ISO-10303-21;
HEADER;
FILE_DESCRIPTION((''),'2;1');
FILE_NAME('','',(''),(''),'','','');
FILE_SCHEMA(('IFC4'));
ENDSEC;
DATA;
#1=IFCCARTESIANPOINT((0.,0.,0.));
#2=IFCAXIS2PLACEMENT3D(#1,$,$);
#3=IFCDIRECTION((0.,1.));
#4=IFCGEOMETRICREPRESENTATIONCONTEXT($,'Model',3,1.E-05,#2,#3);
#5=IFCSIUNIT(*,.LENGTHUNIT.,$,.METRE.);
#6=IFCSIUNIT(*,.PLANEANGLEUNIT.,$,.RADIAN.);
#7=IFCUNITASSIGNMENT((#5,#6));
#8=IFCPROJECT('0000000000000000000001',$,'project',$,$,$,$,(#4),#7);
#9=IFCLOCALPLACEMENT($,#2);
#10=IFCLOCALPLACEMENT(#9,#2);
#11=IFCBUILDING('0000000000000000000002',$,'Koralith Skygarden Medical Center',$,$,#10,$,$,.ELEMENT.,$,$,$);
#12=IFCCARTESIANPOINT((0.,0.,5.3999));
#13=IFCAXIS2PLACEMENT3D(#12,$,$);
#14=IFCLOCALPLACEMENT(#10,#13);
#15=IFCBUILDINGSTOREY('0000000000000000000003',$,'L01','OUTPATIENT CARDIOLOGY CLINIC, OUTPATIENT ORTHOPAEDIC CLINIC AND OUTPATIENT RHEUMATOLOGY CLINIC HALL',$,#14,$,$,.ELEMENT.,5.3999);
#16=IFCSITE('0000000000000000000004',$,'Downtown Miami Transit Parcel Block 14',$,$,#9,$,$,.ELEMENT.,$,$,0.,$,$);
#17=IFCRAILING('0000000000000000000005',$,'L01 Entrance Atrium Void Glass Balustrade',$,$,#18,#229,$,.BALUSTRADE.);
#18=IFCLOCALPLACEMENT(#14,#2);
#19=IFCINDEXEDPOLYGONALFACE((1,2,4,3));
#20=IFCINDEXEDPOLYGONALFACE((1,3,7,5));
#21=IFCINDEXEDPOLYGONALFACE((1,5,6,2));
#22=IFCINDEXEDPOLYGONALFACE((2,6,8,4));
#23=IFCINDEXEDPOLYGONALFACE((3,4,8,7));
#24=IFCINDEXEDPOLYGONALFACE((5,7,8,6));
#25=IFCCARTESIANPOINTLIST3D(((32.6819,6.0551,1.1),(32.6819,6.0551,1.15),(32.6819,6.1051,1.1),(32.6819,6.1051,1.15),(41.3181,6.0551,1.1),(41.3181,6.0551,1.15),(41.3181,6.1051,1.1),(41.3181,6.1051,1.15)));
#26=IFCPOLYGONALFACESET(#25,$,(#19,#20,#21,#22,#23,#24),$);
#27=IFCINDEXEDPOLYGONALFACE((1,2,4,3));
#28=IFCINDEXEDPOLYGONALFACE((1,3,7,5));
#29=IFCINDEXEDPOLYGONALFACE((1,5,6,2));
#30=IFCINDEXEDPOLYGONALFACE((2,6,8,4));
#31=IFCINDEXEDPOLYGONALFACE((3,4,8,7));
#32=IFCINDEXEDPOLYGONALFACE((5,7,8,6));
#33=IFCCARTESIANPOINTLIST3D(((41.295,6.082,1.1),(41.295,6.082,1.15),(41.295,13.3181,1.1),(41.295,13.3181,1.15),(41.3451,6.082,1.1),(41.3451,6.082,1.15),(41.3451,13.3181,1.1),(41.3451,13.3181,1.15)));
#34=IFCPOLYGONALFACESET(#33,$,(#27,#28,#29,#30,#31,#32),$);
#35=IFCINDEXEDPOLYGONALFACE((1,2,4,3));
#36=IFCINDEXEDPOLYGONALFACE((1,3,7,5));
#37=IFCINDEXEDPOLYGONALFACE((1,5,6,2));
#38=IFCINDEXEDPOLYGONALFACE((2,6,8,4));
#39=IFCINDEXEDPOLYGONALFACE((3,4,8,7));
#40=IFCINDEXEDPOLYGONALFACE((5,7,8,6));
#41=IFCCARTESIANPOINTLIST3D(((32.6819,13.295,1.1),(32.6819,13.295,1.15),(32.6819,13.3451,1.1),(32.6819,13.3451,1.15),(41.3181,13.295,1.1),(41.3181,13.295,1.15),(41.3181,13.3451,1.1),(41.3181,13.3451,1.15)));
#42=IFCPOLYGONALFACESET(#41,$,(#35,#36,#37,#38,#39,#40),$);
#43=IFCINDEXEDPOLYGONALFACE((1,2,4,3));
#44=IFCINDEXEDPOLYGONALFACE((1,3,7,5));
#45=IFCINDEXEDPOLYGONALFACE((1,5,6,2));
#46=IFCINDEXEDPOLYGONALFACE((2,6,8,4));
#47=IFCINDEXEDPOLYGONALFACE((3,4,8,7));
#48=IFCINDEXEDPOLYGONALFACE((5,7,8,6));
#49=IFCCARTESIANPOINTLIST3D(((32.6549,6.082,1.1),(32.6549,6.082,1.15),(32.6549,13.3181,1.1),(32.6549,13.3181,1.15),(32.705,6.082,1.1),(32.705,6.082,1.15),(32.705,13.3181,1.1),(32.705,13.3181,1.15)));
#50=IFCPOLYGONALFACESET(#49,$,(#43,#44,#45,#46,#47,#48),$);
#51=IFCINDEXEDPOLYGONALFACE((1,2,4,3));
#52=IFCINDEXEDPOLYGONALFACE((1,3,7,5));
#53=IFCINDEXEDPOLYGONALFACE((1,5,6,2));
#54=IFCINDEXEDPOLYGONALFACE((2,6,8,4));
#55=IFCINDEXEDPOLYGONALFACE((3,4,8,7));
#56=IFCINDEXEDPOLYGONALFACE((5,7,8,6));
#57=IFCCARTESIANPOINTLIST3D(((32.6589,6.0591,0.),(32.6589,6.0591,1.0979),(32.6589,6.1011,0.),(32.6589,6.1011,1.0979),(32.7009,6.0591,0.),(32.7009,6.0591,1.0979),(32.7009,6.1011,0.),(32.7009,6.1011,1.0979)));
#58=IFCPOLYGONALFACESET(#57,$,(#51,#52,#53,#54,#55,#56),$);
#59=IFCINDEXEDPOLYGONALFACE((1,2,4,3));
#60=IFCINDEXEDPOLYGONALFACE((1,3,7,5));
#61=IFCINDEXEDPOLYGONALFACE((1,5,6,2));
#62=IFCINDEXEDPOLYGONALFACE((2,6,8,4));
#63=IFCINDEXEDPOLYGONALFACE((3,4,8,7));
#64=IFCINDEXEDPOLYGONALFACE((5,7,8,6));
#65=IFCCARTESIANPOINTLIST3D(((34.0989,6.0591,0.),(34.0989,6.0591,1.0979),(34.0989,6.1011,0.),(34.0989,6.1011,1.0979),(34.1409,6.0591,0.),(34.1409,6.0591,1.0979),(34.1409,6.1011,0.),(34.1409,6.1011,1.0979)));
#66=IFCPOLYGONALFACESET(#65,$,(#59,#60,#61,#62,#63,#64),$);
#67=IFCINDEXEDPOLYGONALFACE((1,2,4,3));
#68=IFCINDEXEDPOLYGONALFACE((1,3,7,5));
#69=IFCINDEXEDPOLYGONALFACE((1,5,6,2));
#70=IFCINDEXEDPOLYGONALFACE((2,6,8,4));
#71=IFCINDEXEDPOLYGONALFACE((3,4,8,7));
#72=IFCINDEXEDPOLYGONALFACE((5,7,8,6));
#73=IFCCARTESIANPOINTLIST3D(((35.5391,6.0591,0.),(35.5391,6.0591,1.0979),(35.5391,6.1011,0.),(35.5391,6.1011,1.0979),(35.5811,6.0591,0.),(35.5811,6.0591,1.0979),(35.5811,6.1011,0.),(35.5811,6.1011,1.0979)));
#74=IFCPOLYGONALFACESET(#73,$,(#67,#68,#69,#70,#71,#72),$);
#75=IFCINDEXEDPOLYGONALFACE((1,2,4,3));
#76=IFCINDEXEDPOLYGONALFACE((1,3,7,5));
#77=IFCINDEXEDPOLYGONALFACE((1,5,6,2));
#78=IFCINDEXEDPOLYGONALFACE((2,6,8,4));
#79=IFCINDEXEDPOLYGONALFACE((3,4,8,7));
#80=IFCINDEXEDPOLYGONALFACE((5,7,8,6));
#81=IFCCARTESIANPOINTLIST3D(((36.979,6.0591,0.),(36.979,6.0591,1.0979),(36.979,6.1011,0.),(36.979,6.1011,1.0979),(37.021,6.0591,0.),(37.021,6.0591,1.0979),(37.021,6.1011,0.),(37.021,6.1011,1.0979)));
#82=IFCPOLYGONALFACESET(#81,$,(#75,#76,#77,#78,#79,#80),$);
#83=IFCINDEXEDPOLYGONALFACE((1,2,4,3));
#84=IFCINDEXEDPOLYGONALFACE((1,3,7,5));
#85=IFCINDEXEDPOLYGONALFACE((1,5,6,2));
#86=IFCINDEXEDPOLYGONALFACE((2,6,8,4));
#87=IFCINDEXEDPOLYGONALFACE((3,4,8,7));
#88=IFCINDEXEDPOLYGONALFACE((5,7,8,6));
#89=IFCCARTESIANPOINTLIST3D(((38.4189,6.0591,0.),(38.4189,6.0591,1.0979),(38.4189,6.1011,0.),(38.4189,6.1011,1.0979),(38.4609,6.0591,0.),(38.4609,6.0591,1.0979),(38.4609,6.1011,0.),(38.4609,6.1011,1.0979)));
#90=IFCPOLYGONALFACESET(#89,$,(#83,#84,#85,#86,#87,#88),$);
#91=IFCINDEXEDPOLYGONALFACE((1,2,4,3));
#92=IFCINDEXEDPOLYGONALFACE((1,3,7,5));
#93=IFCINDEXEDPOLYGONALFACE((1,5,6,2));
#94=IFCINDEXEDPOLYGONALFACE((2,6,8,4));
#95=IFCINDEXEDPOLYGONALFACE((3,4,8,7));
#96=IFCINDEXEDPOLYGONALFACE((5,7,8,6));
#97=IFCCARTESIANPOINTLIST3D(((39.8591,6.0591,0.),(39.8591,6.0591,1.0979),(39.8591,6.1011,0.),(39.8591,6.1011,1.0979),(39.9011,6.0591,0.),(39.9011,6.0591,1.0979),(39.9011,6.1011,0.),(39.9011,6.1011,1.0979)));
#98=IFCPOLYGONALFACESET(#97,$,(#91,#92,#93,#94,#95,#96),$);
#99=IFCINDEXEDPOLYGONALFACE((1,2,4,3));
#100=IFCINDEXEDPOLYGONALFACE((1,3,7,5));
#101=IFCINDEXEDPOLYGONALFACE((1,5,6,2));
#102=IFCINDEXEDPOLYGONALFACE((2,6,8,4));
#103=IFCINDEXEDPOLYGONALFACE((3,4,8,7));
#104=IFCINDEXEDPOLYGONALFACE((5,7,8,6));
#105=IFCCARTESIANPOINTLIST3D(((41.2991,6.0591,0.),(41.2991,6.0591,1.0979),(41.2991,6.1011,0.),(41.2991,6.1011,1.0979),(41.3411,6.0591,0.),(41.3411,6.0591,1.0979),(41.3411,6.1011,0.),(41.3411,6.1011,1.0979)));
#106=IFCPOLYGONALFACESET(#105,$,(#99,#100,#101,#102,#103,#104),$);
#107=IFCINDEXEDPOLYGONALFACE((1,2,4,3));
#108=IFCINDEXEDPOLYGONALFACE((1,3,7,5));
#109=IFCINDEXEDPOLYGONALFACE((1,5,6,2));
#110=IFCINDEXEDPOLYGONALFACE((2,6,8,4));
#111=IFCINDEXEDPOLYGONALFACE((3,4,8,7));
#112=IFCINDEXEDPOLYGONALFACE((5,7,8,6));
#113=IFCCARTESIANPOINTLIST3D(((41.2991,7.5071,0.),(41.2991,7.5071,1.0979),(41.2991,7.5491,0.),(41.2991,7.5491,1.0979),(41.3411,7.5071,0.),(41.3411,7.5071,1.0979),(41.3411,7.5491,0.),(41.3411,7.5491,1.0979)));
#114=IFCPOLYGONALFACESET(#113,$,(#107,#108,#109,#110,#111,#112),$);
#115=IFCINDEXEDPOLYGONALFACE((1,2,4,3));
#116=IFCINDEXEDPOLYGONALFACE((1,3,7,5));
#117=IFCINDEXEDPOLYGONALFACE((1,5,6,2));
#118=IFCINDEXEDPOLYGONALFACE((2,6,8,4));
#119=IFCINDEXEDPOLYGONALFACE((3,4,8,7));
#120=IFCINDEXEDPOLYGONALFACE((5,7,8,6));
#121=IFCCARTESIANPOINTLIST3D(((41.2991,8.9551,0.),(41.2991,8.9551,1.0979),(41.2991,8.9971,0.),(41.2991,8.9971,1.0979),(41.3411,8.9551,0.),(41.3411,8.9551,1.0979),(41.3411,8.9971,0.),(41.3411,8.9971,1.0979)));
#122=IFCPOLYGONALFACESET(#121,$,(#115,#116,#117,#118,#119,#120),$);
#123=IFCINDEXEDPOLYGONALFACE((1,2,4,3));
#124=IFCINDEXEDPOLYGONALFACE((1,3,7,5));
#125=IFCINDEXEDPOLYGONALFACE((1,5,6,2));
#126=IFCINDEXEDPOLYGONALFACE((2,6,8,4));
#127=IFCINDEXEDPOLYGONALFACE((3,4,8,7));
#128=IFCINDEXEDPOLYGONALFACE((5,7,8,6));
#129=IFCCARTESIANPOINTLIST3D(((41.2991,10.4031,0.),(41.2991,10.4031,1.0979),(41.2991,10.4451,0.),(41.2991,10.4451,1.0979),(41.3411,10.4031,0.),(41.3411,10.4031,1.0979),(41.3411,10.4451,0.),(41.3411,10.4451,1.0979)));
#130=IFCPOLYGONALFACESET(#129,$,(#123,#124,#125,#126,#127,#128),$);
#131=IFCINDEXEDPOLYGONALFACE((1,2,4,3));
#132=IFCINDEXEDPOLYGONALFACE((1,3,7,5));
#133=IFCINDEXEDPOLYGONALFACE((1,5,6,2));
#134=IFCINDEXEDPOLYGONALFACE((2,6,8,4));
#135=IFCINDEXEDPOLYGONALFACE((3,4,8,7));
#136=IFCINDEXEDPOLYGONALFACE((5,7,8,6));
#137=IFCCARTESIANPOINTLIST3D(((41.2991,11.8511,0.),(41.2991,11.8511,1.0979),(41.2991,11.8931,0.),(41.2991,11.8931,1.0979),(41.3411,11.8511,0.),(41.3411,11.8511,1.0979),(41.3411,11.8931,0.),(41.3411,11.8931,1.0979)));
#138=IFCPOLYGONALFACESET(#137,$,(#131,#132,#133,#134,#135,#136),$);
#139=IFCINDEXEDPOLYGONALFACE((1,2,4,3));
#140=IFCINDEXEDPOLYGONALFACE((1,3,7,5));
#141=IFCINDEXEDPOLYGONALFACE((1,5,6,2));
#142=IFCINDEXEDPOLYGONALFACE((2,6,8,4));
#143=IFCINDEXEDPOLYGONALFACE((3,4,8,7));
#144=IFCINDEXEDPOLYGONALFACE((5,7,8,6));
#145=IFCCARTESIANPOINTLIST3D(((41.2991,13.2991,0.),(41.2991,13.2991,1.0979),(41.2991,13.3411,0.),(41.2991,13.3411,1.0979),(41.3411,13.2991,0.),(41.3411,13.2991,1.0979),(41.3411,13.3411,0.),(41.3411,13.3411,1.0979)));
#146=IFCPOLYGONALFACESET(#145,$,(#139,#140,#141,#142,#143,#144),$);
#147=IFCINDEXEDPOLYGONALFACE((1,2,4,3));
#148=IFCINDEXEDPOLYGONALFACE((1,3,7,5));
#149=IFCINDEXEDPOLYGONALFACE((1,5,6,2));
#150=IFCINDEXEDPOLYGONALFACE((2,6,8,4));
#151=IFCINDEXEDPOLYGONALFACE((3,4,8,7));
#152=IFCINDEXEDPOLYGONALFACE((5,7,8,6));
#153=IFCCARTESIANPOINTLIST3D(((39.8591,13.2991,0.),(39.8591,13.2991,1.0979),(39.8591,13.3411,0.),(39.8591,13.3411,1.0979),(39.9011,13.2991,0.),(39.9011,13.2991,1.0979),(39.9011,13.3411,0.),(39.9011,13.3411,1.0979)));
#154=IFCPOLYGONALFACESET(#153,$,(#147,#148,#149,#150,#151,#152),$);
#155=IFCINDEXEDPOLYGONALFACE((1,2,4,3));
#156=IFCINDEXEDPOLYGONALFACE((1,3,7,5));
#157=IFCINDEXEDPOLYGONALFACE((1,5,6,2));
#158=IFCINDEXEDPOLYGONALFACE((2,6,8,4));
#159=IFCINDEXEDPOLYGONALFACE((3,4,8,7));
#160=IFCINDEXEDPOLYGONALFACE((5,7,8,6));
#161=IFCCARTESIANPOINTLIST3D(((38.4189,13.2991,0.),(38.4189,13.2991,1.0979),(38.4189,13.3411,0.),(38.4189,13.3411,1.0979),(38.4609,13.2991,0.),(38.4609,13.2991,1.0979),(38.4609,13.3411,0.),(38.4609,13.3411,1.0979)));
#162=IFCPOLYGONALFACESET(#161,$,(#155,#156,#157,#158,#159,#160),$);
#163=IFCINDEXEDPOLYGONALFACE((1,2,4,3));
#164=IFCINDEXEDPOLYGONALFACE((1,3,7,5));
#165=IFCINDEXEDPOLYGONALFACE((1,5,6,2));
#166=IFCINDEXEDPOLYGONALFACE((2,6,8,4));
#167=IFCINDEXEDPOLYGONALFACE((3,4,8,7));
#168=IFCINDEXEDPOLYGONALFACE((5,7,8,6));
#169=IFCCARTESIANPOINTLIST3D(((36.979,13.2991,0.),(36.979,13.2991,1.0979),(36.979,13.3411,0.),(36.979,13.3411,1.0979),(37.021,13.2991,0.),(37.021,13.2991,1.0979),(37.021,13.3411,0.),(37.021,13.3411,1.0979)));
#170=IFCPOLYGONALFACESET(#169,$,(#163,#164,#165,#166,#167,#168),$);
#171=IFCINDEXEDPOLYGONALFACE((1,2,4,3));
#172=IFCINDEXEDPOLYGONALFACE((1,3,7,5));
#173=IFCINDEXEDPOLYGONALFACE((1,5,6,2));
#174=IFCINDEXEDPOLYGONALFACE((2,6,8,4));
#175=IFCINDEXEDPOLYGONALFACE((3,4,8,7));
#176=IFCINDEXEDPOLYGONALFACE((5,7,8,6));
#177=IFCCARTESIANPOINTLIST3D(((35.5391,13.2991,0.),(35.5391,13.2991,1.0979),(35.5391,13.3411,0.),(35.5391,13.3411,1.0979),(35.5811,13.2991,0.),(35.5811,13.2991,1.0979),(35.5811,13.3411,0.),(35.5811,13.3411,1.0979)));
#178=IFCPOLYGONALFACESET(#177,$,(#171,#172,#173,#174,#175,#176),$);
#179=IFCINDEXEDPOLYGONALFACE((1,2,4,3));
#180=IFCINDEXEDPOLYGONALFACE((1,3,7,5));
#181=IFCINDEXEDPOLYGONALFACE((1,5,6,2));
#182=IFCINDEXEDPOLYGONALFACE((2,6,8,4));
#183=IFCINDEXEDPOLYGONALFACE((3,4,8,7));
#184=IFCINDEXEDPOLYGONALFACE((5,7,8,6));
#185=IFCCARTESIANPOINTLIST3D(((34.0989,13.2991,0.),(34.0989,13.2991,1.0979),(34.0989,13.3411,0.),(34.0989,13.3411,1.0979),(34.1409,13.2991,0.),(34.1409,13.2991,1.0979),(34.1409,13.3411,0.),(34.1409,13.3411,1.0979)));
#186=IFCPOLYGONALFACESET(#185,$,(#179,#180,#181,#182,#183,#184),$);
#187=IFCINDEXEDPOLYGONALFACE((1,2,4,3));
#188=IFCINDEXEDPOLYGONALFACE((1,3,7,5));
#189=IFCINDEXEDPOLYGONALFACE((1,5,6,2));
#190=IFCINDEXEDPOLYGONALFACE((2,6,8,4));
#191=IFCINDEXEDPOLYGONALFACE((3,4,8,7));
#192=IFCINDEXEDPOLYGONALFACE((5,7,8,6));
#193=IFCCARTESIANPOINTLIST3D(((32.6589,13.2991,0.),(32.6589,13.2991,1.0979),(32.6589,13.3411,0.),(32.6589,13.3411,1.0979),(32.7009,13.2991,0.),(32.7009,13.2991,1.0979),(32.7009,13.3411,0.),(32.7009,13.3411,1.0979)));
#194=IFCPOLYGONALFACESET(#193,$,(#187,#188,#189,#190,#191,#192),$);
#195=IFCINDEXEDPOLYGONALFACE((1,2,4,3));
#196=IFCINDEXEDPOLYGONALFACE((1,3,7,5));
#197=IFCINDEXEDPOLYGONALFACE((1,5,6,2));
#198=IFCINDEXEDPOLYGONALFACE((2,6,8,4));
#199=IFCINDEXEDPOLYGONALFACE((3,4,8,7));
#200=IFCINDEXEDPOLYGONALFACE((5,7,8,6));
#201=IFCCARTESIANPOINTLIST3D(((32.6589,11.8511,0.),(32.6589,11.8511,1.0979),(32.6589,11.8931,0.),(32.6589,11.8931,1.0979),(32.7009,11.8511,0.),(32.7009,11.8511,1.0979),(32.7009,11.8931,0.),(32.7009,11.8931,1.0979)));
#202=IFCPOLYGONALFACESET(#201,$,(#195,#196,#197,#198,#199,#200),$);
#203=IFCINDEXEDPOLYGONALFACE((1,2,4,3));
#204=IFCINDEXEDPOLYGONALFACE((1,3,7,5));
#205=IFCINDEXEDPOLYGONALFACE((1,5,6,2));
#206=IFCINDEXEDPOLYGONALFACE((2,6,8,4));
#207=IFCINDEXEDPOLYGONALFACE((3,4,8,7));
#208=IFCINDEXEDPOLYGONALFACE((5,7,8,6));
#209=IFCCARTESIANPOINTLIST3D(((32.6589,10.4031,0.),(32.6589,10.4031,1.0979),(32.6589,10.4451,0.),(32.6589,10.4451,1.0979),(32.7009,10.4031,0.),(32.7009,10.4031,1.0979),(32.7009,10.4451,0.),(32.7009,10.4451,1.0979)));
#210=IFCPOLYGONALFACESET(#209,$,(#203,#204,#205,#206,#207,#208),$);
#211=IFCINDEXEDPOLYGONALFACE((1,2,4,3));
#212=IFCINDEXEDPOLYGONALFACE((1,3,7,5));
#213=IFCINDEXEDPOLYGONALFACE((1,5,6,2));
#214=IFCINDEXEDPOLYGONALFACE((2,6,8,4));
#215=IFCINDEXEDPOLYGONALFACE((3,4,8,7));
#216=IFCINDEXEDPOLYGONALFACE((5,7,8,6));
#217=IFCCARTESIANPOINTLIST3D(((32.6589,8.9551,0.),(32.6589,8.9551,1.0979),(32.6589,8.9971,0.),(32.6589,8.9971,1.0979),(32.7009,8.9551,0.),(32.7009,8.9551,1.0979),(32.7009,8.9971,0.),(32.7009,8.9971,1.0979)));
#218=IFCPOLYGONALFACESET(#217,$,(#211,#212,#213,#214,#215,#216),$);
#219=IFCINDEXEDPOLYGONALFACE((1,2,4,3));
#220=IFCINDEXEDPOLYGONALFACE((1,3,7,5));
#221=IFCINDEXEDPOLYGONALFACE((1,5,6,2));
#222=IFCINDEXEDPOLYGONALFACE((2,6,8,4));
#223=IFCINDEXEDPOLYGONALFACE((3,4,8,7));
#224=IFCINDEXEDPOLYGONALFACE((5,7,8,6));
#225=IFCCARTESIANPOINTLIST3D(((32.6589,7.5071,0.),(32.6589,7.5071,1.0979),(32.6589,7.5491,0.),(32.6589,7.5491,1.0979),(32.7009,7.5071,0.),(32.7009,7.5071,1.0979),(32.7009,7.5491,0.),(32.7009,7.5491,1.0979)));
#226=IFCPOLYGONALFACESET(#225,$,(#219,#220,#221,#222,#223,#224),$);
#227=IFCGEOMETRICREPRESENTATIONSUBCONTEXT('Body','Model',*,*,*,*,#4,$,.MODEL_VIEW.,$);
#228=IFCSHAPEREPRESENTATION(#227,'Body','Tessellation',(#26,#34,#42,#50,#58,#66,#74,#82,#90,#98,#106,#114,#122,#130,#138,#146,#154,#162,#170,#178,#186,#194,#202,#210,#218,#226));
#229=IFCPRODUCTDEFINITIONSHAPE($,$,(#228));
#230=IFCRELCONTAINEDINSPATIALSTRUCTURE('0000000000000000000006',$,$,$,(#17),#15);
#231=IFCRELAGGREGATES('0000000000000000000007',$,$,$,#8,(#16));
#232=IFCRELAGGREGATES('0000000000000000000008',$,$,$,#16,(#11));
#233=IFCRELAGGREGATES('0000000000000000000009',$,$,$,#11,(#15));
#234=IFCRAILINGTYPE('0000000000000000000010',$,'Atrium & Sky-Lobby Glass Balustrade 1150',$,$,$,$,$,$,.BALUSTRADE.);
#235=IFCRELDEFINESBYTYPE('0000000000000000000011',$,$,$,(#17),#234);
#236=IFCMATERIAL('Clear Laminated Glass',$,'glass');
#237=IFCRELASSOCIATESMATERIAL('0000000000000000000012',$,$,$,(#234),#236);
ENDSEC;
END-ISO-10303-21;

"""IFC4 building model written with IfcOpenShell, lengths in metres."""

from ifc_helpers import new_model, si_unit, direction, frame, origin, origin_2d, place, context, subcontext, project, spatial, rectangle, extrude, material, type_object, element, save


model = new_model("IFC4")

# Units and contexts
model_context = context("Model", 3, precision=1e-05, world=origin(), true_north=direction((0.0, 1.0)))
body_context = subcontext(model_context, "Body", "Model", "MODEL_VIEW")
ifc_project = project(units=[si_unit("LENGTHUNIT", "METRE"), si_unit("PLANEANGLEUNIT", "RADIAN")], contexts=[model_context])

# Site, building, storey
site_placement = place(None, origin())
site = spatial("IfcSite", under=ifc_project, at=site_placement, Name="Downtown Miami Transit Parcel Block 14", CompositionType="ELEMENT", RefElevation=0.0)
building_placement = place(site_placement, origin())
building = spatial("IfcBuilding", under=site, at=building_placement, Name="Koralith Skygarden Medical Center", CompositionType="ELEMENT")
storey_placement = place(building_placement, frame((0.0, 0.0, 5.3999)))
storey = spatial("IfcBuildingStorey", under=building, at=storey_placement, Name="L01", Description="OUTPATIENT CARDIOLOGY CLINIC, OUTPATIENT ORTHOPAEDIC CLINIC AND OUTPATIENT RHEUMATOLOGY CLINIC HALL", CompositionType="ELEMENT", Elevation=5.3999)

# Shared definitions
ifc_material_1 = material(Name="Clear Laminated Glass", Category="glass")

# Railing
railing_type = type_object("IfcRailingType", Name="Atrium & Sky-Lobby Glass Balustrade 1150", PredefinedType="BALUSTRADE", material=ifc_material_1)
railing_placement = place(storey_placement, frame((32.6799, 6.0801, 0.0)))
element("IfcRailing", 1, at=railing_placement, inside=storey, type_object=railing_type, Name="L01 Entrance Atrium Void Glass Balustrade", PredefinedType="BALUSTRADE", context=body_context, shape_type="SweptSolid", body=[
    extrude(rectangle(XDim=0.05, YDim=0.05, at=origin_2d()), frame((0.002, 0.0, 1.125), z_axis=(1.0, 0.0, 0.0), x_axis=(0.0, 1.0, 0.0)), (0.0, 0.0, 1.0), 8.6362),
    extrude(rectangle(XDim=0.05, YDim=0.05, at=origin_2d()), frame((8.6401, 0.002, 1.125), z_axis=(0.0, 1.0, 0.0), x_axis=(-1.0, 0.0, 0.0)), (0.0, 0.0, 1.0), 7.2361),
    extrude(rectangle(XDim=0.05, YDim=0.05, at=origin_2d()), frame((8.6382, 7.24, 1.125), z_axis=(-1.0, 0.0, 0.0), x_axis=(0.0, -1.0, 0.0)), (0.0, 0.0, 1.0), 8.6362),
    extrude(rectangle(XDim=0.05, YDim=0.05, at=origin_2d()), frame((0.0, 7.238, 1.125), z_axis=(0.0, -1.0, 0.0), x_axis=(1.0, 0.0, 0.0)), (0.0, 0.0, 1.0), 7.2361),
    extrude(rectangle(XDim=0.042, YDim=0.042, at=origin_2d()), origin(), (0.0, 0.0, 1.0), 1.0979),
    extrude(rectangle(XDim=0.042, YDim=0.042, at=origin_2d()), frame((1.4399, 0.0, 0.0)), (0.0, 0.0, 1.0), 1.0979),
    extrude(rectangle(XDim=0.042, YDim=0.042, at=origin_2d()), frame((2.8801, 0.0, 0.0)), (0.0, 0.0, 1.0), 1.0979),
    extrude(rectangle(XDim=0.042, YDim=0.042, at=origin_2d()), frame((4.3201, 0.0, 0.0)), (0.0, 0.0, 1.0), 1.0979),
    extrude(rectangle(XDim=0.042, YDim=0.042, at=origin_2d()), frame((5.76, 0.0, 0.0)), (0.0, 0.0, 1.0), 1.0979),
    extrude(rectangle(XDim=0.042, YDim=0.042, at=origin_2d()), frame((7.2002, 0.0, 0.0)), (0.0, 0.0, 1.0), 1.0979),
    extrude(rectangle(XDim=0.042, YDim=0.042, at=origin_2d()), frame((8.6401, 0.0, 0.0)), (0.0, 0.0, 1.0), 1.0979),
    extrude(rectangle(XDim=0.042, YDim=0.042, at=origin_2d()), frame((8.6401, 1.448, 0.0)), (0.0, 0.0, 1.0), 1.0979),
    extrude(rectangle(XDim=0.042, YDim=0.042, at=origin_2d()), frame((8.6401, 2.896, 0.0)), (0.0, 0.0, 1.0), 1.0979),
    extrude(rectangle(XDim=0.042, YDim=0.042, at=origin_2d()), frame((8.6401, 4.344, 0.0)), (0.0, 0.0, 1.0), 1.0979),
    extrude(rectangle(XDim=0.042, YDim=0.042, at=origin_2d()), frame((8.6401, 5.792, 0.0)), (0.0, 0.0, 1.0), 1.0979),
    extrude(rectangle(XDim=0.042, YDim=0.042, at=origin_2d()), frame((8.6401, 7.24, 0.0)), (0.0, 0.0, 1.0), 1.0979),
    extrude(rectangle(XDim=0.042, YDim=0.042, at=origin_2d()), frame((7.2002, 7.24, 0.0)), (0.0, 0.0, 1.0), 1.0979),
    extrude(rectangle(XDim=0.042, YDim=0.042, at=origin_2d()), frame((5.76, 7.24, 0.0)), (0.0, 0.0, 1.0), 1.0979),
    extrude(rectangle(XDim=0.042, YDim=0.042, at=origin_2d()), frame((4.3201, 7.24, 0.0)), (0.0, 0.0, 1.0), 1.0979),
    extrude(rectangle(XDim=0.042, YDim=0.042, at=origin_2d()), frame((2.8801, 7.24, 0.0)), (0.0, 0.0, 1.0), 1.0979),
    extrude(rectangle(XDim=0.042, YDim=0.042, at=origin_2d()), frame((1.4399, 7.24, 0.0)), (0.0, 0.0, 1.0), 1.0979),
    extrude(rectangle(XDim=0.042, YDim=0.042, at=origin_2d()), frame((0.0, 7.24, 0.0)), (0.0, 0.0, 1.0), 1.0979),
    extrude(rectangle(XDim=0.042, YDim=0.042, at=origin_2d()), frame((0.0, 5.792, 0.0)), (0.0, 0.0, 1.0), 1.0979),
    extrude(rectangle(XDim=0.042, YDim=0.042, at=origin_2d()), frame((0.0, 4.344, 0.0)), (0.0, 0.0, 1.0), 1.0979),
    extrude(rectangle(XDim=0.042, YDim=0.042, at=origin_2d()), frame((0.0, 2.896, 0.0)), (0.0, 0.0, 1.0), 1.0979),
    extrude(rectangle(XDim=0.042, YDim=0.042, at=origin_2d()), frame((0.0, 1.448, 0.0)), (0.0, 0.0, 1.0), 1.0979),
])

save(model, "model.ifc")
